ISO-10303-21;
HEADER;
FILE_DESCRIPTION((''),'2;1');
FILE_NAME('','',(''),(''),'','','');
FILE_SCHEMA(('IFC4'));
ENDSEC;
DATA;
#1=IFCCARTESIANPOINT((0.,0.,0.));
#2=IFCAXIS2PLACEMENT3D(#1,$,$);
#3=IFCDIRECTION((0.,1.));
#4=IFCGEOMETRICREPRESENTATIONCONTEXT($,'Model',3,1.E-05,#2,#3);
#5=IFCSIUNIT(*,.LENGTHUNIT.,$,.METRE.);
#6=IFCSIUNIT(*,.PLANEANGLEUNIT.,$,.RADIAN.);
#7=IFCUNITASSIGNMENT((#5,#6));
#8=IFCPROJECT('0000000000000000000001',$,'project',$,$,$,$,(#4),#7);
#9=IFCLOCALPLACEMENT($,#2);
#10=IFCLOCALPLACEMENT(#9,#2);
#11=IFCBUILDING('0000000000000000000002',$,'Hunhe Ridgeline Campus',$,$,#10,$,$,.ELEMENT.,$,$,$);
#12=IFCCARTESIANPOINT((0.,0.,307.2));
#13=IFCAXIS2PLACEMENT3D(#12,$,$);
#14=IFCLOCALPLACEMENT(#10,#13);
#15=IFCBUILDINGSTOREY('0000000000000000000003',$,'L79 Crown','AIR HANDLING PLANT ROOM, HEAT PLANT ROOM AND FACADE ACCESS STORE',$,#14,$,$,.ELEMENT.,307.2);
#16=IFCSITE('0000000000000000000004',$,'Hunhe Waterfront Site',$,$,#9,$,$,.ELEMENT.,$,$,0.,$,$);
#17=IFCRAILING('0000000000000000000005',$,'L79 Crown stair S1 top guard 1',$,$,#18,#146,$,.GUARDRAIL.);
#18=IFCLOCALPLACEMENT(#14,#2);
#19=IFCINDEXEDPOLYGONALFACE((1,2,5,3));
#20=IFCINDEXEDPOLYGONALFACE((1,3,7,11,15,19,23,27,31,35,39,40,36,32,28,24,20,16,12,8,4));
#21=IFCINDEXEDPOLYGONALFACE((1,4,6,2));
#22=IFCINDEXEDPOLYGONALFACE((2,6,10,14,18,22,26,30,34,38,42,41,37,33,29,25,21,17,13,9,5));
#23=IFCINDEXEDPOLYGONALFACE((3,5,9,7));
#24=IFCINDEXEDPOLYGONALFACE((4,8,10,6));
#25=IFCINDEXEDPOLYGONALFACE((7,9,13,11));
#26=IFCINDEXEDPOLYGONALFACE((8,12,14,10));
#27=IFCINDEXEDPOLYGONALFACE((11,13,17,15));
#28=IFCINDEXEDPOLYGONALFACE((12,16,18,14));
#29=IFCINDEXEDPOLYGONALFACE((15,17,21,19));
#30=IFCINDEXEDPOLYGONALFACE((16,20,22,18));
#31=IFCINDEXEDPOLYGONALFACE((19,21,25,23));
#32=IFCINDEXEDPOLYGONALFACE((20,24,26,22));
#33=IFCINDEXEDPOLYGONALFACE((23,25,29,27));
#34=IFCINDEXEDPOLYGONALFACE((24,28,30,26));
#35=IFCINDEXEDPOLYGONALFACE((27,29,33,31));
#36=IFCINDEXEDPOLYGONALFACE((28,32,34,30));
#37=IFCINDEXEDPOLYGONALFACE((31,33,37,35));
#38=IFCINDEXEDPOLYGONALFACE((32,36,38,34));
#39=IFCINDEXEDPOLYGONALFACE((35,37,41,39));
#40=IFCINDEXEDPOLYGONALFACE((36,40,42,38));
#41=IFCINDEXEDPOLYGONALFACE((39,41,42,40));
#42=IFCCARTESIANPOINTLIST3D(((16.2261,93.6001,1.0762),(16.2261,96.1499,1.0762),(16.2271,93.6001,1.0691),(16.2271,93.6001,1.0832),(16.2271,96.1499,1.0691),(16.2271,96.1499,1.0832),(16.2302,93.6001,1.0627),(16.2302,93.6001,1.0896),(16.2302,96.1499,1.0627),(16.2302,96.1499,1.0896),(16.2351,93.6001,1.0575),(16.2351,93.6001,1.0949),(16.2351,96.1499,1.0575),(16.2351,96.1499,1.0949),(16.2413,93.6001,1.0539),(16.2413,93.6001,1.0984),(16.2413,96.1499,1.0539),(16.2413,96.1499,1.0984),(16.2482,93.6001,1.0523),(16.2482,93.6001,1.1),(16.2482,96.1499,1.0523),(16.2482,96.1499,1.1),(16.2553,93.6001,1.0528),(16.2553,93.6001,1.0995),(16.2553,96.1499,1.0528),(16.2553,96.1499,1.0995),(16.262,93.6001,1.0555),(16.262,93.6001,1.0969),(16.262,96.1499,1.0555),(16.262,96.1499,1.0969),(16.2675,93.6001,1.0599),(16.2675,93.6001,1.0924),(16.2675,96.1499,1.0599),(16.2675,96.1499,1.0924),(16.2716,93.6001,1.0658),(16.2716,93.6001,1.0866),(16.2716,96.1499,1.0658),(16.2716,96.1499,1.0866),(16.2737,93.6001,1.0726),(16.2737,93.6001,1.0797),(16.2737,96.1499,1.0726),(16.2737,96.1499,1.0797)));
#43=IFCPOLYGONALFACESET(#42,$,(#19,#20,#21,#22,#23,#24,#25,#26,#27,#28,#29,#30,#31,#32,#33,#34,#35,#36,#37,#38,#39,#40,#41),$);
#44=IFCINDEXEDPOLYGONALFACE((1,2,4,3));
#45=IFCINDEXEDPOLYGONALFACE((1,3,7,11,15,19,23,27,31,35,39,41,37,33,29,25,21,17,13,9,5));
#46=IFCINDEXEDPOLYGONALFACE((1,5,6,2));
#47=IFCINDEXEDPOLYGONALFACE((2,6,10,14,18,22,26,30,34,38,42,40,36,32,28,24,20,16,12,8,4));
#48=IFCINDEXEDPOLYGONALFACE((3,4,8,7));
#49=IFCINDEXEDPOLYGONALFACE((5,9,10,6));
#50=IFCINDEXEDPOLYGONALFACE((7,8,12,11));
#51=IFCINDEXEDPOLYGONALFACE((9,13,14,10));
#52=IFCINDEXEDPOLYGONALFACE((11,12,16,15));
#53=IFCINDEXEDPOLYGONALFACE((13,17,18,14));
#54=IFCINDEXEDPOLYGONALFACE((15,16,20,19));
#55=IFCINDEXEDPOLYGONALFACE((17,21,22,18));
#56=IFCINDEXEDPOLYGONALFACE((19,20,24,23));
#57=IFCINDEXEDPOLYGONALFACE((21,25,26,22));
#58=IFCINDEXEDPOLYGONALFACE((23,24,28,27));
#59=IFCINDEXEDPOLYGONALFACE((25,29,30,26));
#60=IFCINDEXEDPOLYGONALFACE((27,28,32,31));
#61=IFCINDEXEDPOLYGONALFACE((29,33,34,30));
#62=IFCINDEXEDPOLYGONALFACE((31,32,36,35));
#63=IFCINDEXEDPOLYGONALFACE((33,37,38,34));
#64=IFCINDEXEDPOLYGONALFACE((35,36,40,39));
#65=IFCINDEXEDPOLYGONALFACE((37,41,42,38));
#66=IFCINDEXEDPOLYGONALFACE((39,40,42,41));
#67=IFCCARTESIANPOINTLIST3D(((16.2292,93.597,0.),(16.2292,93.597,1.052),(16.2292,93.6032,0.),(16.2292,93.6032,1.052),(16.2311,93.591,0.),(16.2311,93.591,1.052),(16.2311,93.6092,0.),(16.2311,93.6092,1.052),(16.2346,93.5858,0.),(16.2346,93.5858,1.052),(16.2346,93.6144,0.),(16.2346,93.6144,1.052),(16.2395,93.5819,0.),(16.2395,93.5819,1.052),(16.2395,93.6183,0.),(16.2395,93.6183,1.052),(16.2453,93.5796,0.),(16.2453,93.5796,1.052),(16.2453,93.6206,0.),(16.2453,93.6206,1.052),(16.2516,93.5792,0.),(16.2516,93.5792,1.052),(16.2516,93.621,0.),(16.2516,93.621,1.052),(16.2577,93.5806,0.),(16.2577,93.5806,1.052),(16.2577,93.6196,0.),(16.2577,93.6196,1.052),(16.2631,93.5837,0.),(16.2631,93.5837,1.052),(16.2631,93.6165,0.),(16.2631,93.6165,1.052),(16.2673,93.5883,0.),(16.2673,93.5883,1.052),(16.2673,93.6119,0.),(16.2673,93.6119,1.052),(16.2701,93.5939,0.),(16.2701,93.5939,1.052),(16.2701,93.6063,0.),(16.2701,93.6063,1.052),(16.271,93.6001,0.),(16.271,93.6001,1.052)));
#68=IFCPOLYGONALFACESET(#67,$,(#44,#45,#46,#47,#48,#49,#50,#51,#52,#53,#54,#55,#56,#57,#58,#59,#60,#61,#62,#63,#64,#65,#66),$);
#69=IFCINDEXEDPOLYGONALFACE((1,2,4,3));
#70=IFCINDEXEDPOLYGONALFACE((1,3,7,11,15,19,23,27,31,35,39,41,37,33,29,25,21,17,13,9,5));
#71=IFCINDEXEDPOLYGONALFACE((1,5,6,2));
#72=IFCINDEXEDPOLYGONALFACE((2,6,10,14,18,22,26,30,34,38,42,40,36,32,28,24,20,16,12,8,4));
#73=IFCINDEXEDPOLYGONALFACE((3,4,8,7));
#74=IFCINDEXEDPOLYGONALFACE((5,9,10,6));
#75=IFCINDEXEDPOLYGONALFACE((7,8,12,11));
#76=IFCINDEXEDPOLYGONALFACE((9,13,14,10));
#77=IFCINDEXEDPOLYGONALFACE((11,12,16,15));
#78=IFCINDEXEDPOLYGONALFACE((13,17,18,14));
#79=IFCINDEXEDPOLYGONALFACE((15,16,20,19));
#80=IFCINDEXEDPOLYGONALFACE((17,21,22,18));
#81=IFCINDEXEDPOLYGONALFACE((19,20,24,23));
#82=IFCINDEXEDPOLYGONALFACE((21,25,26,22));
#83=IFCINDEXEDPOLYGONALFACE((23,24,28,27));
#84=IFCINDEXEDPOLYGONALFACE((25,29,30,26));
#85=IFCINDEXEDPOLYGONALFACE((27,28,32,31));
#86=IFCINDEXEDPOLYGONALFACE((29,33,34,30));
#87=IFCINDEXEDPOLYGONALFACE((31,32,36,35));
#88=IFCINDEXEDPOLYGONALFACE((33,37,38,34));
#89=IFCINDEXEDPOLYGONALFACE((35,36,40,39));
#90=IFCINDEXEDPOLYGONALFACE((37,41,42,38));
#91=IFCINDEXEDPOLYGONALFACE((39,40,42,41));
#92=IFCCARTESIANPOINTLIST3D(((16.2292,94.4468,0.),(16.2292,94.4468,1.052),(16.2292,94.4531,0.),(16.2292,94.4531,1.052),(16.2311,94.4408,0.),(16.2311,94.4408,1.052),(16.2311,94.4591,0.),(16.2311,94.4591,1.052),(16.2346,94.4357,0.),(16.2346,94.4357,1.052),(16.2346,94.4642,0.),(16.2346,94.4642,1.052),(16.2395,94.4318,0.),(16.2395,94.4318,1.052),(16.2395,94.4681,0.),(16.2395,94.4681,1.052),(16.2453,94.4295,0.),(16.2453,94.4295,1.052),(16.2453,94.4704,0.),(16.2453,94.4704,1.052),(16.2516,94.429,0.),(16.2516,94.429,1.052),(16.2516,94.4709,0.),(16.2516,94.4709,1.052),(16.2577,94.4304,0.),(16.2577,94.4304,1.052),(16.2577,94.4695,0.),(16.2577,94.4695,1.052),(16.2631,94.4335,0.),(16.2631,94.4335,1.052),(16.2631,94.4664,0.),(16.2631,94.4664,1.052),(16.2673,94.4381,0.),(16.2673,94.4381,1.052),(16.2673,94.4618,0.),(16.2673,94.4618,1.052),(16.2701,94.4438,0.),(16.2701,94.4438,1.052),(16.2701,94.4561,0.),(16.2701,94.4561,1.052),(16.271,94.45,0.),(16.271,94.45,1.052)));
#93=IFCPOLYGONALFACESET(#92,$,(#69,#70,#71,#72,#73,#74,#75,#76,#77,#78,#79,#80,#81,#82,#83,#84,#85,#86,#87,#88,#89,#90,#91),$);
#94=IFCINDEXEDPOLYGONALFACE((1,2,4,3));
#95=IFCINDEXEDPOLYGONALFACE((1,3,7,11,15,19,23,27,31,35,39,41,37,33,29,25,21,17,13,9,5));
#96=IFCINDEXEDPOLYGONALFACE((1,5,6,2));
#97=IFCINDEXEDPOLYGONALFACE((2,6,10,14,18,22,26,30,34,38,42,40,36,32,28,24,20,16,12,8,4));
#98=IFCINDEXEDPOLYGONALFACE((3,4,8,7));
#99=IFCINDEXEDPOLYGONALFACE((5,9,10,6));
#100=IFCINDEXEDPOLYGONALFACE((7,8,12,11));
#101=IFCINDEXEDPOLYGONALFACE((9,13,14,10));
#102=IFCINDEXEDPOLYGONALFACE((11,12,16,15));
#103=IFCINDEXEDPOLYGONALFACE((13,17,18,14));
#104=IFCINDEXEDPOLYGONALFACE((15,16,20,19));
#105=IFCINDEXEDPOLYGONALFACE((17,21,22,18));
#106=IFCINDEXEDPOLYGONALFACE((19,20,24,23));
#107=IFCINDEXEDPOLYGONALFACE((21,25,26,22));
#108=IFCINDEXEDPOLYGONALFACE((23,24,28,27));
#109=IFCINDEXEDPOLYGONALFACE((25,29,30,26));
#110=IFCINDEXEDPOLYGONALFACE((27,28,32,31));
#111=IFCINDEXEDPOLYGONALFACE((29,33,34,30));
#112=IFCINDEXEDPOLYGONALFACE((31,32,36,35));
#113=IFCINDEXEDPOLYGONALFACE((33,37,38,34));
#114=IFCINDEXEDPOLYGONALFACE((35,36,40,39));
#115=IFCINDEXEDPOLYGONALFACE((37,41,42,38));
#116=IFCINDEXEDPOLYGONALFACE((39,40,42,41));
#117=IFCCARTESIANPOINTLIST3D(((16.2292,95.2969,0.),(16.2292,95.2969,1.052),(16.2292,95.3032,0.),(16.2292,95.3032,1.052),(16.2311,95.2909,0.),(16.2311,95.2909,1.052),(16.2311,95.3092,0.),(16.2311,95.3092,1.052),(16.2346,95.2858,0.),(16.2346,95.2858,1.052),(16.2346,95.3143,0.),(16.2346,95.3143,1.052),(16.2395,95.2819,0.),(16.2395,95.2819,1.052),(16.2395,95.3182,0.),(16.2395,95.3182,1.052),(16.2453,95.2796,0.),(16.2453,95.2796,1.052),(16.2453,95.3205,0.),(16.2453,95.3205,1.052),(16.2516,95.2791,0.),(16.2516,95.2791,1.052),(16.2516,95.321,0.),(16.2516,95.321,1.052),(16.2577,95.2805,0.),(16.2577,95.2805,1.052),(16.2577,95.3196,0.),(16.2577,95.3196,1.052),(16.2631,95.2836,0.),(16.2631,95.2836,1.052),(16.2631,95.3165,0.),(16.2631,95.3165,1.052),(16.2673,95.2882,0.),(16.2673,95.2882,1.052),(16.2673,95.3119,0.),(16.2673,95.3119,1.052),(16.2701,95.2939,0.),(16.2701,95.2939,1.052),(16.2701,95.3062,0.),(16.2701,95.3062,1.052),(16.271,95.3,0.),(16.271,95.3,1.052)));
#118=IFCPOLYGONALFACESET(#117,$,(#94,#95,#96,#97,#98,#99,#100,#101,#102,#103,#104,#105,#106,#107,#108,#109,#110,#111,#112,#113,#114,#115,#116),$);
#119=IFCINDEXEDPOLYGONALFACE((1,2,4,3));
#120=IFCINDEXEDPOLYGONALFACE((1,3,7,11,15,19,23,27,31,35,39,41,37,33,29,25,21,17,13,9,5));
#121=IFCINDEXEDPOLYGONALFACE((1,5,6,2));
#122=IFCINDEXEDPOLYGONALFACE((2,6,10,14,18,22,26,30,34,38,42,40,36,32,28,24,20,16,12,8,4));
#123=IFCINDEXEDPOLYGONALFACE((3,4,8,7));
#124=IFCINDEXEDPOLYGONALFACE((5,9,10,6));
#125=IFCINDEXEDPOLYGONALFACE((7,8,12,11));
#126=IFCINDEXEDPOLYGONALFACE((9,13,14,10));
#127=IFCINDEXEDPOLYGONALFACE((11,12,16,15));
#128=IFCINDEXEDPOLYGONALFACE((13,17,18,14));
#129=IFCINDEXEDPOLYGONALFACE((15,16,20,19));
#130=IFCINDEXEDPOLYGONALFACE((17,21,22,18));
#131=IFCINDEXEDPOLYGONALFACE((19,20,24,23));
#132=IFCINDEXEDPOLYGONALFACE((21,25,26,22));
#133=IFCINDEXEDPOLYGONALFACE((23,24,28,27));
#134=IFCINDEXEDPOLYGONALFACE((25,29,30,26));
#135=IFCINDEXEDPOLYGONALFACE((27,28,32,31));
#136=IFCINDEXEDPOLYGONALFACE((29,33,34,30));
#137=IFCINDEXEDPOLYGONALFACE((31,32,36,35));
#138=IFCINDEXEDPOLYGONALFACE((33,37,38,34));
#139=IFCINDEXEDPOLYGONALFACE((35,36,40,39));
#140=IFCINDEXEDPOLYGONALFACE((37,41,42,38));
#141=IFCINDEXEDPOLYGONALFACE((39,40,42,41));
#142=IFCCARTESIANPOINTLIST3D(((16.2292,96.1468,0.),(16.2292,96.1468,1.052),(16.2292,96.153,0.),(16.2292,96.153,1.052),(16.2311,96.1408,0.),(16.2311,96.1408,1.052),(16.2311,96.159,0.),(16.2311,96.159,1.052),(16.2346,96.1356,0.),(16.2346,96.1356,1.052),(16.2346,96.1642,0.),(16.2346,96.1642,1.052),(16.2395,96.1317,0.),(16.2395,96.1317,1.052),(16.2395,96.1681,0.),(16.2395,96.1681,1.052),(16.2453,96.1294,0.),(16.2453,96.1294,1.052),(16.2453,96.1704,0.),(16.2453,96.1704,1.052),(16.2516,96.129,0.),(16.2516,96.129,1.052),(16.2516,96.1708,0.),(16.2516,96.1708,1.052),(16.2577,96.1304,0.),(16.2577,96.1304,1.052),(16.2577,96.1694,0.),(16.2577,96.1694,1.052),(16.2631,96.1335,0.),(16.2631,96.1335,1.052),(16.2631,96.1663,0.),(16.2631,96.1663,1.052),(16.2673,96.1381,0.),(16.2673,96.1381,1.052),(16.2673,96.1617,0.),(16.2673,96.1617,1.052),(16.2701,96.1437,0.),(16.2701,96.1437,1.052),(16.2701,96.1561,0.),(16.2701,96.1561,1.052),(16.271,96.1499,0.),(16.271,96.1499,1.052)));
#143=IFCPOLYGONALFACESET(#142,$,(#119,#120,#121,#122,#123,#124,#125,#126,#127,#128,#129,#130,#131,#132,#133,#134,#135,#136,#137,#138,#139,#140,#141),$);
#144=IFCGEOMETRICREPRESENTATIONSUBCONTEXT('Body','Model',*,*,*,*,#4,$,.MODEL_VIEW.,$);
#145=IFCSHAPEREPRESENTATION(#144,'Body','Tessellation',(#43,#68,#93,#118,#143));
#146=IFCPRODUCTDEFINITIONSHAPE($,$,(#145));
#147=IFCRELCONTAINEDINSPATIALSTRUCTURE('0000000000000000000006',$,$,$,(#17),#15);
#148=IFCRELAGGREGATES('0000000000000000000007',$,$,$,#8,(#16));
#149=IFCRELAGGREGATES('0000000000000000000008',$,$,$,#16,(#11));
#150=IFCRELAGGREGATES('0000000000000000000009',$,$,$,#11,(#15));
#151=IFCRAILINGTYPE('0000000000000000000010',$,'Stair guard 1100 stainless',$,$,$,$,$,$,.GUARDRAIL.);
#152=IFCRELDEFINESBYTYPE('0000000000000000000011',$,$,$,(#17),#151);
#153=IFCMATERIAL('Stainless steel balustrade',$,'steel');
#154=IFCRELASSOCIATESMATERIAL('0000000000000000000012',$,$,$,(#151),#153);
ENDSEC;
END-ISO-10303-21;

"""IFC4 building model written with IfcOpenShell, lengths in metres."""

from ifc_helpers import new_model, si_unit, direction, frame, origin, origin_2d, place, context, subcontext, project, spatial, circle, extrude, material, type_object, element, save


model = new_model("IFC4")

# Units and contexts
model_context = context("Model", 3, precision=1e-05, world=origin(), true_north=direction((0.0, 1.0)))
body_context = subcontext(model_context, "Body", "Model", "MODEL_VIEW")
ifc_project = project(units=[si_unit("LENGTHUNIT", "METRE"), si_unit("PLANEANGLEUNIT", "RADIAN")], contexts=[model_context])

# Site, building, storey
site_placement = place(None, origin())
site = spatial("IfcSite", under=ifc_project, at=site_placement, Name="Hunhe Waterfront Site", CompositionType="ELEMENT", RefElevation=0.0)
building_placement = place(site_placement, origin())
building = spatial("IfcBuilding", under=site, at=building_placement, Name="Hunhe Ridgeline Campus", CompositionType="ELEMENT")
storey_placement = place(building_placement, frame((0.0, 0.0, 307.2)))
storey = spatial("IfcBuildingStorey", under=building, at=storey_placement, Name="L79 Crown", Description="AIR HANDLING PLANT ROOM, HEAT PLANT ROOM AND FACADE ACCESS STORE", CompositionType="ELEMENT", Elevation=307.2)

# Railing
ifc_material_1 = material(Name="Stainless steel balustrade", Category="steel")
railing_type = type_object("IfcRailingType", Name="Stair guard 1100 stainless", PredefinedType="GUARDRAIL", material=ifc_material_1)
railing_placement = place(storey_placement, frame((16.25, 93.6001, 0.0)))
element("IfcRailing", 1, at=railing_placement, inside=storey, type_object=railing_type, Name="L79 Crown stair S1 top guard 1", PredefinedType="GUARDRAIL", context=body_context, shape_type="SweptSolid", body=[
    extrude(circle(Radius=0.0239, at=origin_2d()), frame((0.0, 0.0, 1.0762), z_axis=(0.0, 1.0, 0.0), x_axis=(-1.0, 0.0, 0.0)), (0.0, 0.0, 1.0), 2.5498),
    extrude(circle(Radius=0.021, at=origin_2d()), origin(), (0.0, 0.0, 1.0), 1.052),
    extrude(circle(Radius=0.021, at=origin_2d()), frame((0.0, 0.8499, 0.0)), (0.0, 0.0, 1.0), 1.052),
    extrude(circle(Radius=0.021, at=origin_2d()), frame((0.0, 1.7, 0.0)), (0.0, 0.0, 1.0), 1.052),
    extrude(circle(Radius=0.021, at=origin_2d()), frame((0.0, 2.5498, 0.0)), (0.0, 0.0, 1.0), 1.052),
])

save(model, "model.ifc")
